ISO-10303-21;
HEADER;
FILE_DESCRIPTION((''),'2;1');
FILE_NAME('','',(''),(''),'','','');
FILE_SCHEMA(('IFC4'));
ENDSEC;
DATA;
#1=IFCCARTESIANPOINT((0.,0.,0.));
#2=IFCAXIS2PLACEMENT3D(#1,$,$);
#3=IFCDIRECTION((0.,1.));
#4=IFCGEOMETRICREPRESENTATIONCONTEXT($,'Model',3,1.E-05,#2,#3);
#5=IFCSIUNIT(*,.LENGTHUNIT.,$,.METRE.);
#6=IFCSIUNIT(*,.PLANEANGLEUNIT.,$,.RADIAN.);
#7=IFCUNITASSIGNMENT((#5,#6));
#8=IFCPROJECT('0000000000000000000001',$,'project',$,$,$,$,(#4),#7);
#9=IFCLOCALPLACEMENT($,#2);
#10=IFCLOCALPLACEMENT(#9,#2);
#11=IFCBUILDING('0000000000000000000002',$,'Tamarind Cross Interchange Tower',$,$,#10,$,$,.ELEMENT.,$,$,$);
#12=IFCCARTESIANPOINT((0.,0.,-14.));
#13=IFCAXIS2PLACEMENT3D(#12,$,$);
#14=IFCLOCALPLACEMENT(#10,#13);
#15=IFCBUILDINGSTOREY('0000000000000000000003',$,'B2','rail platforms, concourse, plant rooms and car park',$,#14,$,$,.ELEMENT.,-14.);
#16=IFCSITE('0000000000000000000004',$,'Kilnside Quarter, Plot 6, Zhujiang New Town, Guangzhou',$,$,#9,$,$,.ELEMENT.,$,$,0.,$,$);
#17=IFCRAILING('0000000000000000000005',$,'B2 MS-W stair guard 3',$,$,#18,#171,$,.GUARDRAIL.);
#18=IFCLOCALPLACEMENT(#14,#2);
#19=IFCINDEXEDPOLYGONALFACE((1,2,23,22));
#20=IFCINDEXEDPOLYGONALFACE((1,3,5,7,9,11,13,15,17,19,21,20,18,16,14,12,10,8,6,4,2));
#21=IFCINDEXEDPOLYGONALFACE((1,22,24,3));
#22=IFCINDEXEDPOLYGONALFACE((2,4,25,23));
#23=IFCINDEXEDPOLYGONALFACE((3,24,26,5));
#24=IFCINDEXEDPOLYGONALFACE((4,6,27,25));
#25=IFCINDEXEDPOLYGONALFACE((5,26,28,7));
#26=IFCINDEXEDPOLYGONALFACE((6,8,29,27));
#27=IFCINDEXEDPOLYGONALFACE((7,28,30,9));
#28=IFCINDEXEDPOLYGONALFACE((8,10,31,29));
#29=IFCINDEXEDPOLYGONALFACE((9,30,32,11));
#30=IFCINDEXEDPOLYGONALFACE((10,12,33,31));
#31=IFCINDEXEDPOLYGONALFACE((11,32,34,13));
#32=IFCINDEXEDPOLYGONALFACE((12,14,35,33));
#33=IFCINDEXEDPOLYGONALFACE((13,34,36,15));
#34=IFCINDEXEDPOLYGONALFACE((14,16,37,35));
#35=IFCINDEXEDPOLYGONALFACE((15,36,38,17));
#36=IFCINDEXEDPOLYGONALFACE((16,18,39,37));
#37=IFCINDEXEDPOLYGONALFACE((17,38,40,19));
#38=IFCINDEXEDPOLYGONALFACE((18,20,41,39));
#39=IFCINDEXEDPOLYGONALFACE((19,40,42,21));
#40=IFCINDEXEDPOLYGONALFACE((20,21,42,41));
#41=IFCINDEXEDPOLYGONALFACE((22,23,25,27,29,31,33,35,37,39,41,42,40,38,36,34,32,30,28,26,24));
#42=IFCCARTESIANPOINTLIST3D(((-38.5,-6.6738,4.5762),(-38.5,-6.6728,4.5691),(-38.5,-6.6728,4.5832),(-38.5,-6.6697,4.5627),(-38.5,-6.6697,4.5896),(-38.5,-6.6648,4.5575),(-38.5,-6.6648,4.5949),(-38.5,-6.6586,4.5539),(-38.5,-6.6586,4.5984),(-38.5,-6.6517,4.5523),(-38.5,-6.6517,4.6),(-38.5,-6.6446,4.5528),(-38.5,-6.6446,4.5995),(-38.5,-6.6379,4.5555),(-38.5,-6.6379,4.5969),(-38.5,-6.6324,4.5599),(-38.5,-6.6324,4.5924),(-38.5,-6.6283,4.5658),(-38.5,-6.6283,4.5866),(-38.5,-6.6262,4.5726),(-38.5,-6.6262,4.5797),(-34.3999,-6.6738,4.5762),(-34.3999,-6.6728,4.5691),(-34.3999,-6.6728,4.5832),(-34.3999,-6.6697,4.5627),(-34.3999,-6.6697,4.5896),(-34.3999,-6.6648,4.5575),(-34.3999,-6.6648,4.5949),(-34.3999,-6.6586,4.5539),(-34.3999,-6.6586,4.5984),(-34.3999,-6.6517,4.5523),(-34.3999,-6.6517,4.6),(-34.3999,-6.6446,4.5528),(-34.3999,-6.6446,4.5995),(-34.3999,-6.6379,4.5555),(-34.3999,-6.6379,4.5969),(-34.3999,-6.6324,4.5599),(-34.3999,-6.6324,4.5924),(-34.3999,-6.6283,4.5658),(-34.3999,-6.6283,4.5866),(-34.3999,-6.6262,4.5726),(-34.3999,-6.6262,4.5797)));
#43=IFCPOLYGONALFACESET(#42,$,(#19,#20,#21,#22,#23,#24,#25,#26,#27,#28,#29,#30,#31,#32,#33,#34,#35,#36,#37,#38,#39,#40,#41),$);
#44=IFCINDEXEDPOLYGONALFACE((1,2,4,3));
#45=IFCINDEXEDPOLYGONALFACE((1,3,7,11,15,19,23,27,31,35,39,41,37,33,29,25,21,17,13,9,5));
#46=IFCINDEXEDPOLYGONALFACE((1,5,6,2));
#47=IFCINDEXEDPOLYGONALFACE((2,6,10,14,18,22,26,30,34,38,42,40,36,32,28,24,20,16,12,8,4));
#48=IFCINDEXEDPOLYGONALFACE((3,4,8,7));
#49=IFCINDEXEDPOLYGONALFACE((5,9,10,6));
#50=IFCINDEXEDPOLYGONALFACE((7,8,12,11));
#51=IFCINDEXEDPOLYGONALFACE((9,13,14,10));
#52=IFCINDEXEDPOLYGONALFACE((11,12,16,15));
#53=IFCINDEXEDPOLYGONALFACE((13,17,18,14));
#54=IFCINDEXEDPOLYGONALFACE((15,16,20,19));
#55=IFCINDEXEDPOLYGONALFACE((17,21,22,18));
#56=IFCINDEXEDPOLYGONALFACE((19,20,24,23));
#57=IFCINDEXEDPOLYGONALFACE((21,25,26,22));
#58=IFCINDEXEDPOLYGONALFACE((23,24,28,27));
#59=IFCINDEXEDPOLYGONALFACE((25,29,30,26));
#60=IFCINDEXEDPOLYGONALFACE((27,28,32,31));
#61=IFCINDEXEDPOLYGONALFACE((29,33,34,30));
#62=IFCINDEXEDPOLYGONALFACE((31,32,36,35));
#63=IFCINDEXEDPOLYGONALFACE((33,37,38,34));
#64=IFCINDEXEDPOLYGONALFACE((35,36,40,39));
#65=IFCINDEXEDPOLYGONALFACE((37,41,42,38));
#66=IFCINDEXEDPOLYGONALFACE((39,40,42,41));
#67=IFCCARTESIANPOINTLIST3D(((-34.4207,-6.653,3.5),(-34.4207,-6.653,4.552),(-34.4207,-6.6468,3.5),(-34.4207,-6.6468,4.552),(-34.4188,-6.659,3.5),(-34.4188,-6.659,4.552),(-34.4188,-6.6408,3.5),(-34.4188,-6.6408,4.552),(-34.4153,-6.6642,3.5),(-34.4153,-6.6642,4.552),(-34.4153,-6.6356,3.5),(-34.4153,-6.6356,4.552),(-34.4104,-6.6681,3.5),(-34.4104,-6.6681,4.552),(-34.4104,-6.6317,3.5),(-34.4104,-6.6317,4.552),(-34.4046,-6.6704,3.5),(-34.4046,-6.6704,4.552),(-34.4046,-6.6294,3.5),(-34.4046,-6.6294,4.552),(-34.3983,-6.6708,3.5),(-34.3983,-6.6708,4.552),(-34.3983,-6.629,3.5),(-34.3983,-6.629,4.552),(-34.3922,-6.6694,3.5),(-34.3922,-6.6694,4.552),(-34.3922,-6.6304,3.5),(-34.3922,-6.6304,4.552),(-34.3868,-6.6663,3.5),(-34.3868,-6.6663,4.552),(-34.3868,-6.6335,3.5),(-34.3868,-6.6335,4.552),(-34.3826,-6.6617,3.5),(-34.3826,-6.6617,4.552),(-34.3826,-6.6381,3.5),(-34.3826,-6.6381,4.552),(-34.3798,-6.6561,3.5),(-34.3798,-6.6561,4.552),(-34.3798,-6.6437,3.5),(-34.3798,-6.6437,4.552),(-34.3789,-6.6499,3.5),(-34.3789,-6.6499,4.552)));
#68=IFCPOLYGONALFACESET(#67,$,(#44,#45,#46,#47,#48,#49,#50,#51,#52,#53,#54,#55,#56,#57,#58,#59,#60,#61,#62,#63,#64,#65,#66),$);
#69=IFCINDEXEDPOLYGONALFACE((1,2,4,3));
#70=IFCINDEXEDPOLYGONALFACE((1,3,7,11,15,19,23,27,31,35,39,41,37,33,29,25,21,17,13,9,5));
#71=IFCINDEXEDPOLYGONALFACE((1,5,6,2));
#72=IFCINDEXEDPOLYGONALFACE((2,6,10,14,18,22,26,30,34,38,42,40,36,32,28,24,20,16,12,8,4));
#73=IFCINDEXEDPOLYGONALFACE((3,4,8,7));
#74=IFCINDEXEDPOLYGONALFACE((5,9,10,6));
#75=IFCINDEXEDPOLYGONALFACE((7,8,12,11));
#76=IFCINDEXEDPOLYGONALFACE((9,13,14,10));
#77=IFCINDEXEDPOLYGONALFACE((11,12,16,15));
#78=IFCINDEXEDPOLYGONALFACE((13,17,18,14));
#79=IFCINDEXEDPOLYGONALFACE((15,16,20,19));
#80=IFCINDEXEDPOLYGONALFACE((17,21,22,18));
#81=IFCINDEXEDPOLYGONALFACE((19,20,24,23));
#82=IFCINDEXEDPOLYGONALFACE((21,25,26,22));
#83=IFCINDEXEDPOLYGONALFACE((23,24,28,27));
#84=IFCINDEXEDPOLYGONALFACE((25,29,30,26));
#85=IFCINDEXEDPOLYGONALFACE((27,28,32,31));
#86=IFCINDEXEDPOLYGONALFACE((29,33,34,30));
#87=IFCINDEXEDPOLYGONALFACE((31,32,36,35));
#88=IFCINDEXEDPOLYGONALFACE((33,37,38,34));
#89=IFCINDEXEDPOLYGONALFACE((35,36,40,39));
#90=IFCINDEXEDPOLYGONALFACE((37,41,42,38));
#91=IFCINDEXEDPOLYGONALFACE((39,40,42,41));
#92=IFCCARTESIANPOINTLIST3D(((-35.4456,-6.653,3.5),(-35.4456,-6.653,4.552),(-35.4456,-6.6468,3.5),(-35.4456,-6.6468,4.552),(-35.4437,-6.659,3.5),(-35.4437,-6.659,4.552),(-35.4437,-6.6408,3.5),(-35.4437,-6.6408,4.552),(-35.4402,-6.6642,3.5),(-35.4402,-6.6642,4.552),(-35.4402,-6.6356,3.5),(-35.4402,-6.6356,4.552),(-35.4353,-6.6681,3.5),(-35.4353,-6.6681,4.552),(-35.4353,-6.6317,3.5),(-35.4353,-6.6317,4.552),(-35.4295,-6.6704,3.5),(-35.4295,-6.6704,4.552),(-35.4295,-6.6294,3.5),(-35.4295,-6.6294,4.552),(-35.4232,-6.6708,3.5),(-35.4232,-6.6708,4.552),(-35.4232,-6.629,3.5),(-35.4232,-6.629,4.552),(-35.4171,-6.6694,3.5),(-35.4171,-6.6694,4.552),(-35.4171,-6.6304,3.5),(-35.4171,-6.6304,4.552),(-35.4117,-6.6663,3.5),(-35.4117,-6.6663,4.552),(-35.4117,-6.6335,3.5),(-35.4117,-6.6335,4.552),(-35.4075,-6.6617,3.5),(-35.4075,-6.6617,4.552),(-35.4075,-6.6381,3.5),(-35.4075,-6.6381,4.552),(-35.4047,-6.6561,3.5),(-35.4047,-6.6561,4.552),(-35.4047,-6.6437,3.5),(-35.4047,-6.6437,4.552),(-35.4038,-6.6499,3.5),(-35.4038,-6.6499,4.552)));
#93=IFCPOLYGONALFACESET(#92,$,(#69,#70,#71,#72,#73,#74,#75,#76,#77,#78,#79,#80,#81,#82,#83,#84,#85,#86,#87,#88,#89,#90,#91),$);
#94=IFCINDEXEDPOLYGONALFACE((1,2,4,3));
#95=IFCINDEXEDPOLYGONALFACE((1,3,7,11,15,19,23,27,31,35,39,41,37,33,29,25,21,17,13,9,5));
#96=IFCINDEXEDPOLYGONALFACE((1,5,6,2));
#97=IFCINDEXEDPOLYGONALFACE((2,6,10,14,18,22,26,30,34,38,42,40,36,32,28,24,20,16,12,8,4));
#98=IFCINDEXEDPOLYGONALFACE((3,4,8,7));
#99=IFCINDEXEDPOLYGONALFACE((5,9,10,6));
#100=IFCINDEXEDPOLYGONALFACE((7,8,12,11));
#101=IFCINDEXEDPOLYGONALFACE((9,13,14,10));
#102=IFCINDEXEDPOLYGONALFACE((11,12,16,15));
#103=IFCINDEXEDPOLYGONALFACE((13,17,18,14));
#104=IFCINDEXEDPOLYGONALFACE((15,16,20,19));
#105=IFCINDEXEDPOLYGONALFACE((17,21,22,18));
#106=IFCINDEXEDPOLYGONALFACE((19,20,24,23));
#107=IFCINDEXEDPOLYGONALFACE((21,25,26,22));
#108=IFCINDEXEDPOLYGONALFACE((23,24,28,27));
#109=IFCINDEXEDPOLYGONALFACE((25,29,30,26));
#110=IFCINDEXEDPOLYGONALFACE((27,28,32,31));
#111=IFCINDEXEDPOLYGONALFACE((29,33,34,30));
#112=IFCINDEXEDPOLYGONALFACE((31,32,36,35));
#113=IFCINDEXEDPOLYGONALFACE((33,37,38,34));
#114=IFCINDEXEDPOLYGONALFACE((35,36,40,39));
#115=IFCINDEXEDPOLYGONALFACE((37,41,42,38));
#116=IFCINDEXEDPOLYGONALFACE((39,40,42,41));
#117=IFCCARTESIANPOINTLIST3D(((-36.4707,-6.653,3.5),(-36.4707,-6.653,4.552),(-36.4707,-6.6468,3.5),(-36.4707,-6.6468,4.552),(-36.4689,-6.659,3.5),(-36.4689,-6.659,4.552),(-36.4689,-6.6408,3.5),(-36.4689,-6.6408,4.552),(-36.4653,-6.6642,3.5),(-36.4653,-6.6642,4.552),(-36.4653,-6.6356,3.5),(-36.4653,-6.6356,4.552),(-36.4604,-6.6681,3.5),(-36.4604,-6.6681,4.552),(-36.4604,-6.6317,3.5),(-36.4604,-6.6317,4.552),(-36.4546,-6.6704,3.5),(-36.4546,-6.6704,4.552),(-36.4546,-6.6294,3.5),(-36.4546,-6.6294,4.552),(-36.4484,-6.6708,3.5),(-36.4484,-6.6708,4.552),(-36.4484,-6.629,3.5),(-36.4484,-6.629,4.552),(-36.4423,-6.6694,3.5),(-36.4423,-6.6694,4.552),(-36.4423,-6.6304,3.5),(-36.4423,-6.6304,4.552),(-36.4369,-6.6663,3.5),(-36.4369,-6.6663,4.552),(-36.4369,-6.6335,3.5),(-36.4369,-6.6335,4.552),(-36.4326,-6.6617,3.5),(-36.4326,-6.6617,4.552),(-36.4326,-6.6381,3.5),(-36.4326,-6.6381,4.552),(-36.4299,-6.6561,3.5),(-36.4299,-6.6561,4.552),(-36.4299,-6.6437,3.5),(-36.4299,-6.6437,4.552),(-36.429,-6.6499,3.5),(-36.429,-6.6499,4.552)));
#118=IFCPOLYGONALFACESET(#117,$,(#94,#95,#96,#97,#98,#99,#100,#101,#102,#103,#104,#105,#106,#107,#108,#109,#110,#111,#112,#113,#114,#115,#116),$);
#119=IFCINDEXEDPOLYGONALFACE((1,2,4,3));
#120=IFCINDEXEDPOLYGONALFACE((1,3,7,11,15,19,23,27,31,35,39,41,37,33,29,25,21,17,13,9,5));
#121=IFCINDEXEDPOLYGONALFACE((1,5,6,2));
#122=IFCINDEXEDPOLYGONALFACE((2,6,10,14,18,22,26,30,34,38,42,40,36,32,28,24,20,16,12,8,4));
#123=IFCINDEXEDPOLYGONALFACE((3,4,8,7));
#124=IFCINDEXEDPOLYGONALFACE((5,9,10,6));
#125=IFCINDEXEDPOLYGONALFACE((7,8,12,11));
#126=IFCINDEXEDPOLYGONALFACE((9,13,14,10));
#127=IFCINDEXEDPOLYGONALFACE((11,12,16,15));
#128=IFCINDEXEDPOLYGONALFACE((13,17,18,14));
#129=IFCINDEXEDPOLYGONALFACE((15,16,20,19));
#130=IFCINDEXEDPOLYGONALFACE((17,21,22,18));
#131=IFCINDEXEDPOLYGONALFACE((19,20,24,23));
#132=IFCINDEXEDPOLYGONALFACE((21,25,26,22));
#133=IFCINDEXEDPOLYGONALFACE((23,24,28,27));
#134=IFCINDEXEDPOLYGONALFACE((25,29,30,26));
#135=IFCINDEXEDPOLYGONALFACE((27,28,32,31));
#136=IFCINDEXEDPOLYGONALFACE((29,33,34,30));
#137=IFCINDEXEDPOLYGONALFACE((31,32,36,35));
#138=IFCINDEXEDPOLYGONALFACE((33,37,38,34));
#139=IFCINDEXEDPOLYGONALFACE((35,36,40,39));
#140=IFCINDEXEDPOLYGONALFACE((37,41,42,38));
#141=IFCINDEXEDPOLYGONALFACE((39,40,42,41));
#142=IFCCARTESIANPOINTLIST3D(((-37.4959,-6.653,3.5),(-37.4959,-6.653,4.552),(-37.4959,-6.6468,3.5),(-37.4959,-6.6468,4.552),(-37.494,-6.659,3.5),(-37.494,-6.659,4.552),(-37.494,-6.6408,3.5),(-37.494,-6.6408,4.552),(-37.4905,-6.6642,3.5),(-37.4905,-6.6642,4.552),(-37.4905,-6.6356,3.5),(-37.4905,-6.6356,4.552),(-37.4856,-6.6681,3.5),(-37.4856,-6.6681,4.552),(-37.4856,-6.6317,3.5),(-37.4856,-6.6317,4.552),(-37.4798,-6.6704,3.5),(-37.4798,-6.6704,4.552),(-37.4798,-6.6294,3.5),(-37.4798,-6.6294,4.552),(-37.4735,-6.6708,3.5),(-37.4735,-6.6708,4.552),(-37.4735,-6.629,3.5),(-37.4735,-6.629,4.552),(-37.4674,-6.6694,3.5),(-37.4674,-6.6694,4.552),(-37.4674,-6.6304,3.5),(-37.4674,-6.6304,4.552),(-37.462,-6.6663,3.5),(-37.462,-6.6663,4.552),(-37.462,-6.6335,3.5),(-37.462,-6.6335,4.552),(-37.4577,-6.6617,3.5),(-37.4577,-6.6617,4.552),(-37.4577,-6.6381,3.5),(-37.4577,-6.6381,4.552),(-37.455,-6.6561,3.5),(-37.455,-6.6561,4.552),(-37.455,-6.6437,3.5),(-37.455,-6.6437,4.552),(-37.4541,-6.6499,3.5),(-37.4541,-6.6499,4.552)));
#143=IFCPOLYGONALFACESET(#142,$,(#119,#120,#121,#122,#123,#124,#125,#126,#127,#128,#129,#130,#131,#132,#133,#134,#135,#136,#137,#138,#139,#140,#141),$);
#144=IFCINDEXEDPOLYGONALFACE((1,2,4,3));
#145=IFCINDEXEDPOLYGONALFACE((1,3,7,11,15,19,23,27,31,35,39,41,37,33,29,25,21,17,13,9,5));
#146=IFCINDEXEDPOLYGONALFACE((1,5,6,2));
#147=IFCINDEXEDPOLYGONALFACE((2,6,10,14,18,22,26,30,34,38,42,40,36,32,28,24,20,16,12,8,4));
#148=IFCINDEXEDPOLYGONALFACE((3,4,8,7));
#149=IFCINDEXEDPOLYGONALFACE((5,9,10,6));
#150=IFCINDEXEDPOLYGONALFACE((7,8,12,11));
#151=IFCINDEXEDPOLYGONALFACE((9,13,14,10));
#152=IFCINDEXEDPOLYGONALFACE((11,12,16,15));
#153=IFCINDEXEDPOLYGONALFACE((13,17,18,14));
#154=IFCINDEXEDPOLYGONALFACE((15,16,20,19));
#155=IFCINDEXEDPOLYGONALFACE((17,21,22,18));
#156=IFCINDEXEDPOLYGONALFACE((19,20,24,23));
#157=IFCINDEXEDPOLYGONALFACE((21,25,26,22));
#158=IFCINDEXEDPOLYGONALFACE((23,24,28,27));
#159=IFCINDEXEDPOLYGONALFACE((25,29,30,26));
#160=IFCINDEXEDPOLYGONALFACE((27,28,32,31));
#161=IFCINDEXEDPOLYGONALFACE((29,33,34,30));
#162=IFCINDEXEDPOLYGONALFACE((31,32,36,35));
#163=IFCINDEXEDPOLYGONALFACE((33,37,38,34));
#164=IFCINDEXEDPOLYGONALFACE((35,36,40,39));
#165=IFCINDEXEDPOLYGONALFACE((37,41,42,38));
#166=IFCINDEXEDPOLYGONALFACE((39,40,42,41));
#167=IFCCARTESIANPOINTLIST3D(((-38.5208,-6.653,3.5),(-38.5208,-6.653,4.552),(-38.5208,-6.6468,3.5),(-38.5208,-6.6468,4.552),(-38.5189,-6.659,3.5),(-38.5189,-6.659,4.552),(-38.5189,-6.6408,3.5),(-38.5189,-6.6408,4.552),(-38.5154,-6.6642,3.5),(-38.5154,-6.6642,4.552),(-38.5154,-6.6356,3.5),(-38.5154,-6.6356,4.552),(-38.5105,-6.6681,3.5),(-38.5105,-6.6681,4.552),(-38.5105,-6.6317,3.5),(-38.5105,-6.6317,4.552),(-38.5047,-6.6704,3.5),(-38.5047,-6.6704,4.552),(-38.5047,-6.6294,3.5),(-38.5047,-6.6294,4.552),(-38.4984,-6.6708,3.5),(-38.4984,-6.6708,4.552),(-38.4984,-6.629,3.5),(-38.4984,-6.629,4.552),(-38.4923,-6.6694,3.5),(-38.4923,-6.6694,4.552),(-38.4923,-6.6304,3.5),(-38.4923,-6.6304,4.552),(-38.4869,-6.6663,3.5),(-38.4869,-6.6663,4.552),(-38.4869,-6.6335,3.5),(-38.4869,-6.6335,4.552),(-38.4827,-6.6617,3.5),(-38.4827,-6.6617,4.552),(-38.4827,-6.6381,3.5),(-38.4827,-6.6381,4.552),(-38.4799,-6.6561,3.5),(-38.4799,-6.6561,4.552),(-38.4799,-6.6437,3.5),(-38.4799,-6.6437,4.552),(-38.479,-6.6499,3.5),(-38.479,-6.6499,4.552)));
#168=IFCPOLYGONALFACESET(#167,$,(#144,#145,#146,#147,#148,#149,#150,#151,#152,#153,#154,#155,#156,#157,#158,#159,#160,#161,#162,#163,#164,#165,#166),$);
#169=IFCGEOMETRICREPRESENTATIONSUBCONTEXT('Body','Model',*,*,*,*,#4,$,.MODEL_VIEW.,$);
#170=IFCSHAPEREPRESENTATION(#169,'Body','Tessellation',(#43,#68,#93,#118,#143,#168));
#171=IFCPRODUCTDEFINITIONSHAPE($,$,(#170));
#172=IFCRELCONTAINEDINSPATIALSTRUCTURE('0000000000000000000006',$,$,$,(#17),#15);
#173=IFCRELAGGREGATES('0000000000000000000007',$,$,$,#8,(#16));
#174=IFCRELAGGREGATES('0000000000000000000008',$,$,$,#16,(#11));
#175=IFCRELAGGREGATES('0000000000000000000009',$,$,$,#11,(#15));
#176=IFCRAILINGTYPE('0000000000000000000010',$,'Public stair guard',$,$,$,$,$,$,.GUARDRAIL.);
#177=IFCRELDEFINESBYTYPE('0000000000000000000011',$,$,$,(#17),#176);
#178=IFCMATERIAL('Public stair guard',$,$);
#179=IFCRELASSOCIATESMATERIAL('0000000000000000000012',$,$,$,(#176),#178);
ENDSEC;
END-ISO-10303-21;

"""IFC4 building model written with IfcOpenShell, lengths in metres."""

from ifc_helpers import new_model, si_unit, direction, frame, origin, origin_2d, place, context, subcontext, project, spatial, circle, extrude, material, type_object, element, save


model = new_model("IFC4")

# Units and contexts
model_context = context("Model", 3, precision=1e-05, world=origin(), true_north=direction((0.0, 1.0)))
body_context = subcontext(model_context, "Body", "Model", "MODEL_VIEW")
ifc_project = project(units=[si_unit("LENGTHUNIT", "METRE"), si_unit("PLANEANGLEUNIT", "RADIAN")], contexts=[model_context])

# Site, building, storey
site_placement = place(None, origin())
site = spatial("IfcSite", under=ifc_project, at=site_placement, Name="Kilnside Quarter, Plot 6, Zhujiang New Town, Guangzhou", CompositionType="ELEMENT", RefElevation=0.0)
building_placement = place(site_placement, origin())
building = spatial("IfcBuilding", under=site, at=building_placement, Name="Tamarind Cross Interchange Tower", CompositionType="ELEMENT")
storey_placement = place(building_placement, frame((0.0, 0.0, -14.0)))
storey = spatial("IfcBuildingStorey", under=building, at=storey_placement, Name="B2", Description="rail platforms, concourse, plant rooms and car park", CompositionType="ELEMENT", Elevation=-14.0)

# Railing
ifc_material_1 = material(Name="Public stair guard")
railing_type_1 = type_object("IfcRailingType", Name="Public stair guard", PredefinedType="GUARDRAIL", material=ifc_material_1)
for number, where, name in (
    (1, (-34.3999, -6.6499, 3.5), "B2 MS-W stair guard 3"),
):
    element("IfcRailing", number, at=place(storey_placement, frame(where)), inside=storey, type_object=railing_type_1, Name=name, PredefinedType="GUARDRAIL", context=body_context, shape_type="SweptSolid", body=[
        extrude(circle(Radius=0.0239, at=origin_2d()), frame((0.0, 0.0, 1.0762), z_axis=(-1.0, 0.0, 0.0), x_axis=(0.0, -1.0, 0.0)), (0.0, 0.0, 1.0), 4.1001),
        extrude(circle(Radius=0.021, at=origin_2d()), origin(), (0.0, 0.0, 1.0), 1.052),
        extrude(circle(Radius=0.021, at=origin_2d()), frame((-1.0249, 0.0, 0.0)), (0.0, 0.0, 1.0), 1.052),
        extrude(circle(Radius=0.021, at=origin_2d()), frame((-2.05, 0.0, 0.0)), (0.0, 0.0, 1.0), 1.052),
        extrude(circle(Radius=0.021, at=origin_2d()), frame((-3.0752, 0.0, 0.0)), (0.0, 0.0, 1.0), 1.052),
        extrude(circle(Radius=0.021, at=origin_2d()), frame((-4.1001, 0.0, 0.0)), (0.0, 0.0, 1.0), 1.052),
    ])

save(model, "model.ifc")
